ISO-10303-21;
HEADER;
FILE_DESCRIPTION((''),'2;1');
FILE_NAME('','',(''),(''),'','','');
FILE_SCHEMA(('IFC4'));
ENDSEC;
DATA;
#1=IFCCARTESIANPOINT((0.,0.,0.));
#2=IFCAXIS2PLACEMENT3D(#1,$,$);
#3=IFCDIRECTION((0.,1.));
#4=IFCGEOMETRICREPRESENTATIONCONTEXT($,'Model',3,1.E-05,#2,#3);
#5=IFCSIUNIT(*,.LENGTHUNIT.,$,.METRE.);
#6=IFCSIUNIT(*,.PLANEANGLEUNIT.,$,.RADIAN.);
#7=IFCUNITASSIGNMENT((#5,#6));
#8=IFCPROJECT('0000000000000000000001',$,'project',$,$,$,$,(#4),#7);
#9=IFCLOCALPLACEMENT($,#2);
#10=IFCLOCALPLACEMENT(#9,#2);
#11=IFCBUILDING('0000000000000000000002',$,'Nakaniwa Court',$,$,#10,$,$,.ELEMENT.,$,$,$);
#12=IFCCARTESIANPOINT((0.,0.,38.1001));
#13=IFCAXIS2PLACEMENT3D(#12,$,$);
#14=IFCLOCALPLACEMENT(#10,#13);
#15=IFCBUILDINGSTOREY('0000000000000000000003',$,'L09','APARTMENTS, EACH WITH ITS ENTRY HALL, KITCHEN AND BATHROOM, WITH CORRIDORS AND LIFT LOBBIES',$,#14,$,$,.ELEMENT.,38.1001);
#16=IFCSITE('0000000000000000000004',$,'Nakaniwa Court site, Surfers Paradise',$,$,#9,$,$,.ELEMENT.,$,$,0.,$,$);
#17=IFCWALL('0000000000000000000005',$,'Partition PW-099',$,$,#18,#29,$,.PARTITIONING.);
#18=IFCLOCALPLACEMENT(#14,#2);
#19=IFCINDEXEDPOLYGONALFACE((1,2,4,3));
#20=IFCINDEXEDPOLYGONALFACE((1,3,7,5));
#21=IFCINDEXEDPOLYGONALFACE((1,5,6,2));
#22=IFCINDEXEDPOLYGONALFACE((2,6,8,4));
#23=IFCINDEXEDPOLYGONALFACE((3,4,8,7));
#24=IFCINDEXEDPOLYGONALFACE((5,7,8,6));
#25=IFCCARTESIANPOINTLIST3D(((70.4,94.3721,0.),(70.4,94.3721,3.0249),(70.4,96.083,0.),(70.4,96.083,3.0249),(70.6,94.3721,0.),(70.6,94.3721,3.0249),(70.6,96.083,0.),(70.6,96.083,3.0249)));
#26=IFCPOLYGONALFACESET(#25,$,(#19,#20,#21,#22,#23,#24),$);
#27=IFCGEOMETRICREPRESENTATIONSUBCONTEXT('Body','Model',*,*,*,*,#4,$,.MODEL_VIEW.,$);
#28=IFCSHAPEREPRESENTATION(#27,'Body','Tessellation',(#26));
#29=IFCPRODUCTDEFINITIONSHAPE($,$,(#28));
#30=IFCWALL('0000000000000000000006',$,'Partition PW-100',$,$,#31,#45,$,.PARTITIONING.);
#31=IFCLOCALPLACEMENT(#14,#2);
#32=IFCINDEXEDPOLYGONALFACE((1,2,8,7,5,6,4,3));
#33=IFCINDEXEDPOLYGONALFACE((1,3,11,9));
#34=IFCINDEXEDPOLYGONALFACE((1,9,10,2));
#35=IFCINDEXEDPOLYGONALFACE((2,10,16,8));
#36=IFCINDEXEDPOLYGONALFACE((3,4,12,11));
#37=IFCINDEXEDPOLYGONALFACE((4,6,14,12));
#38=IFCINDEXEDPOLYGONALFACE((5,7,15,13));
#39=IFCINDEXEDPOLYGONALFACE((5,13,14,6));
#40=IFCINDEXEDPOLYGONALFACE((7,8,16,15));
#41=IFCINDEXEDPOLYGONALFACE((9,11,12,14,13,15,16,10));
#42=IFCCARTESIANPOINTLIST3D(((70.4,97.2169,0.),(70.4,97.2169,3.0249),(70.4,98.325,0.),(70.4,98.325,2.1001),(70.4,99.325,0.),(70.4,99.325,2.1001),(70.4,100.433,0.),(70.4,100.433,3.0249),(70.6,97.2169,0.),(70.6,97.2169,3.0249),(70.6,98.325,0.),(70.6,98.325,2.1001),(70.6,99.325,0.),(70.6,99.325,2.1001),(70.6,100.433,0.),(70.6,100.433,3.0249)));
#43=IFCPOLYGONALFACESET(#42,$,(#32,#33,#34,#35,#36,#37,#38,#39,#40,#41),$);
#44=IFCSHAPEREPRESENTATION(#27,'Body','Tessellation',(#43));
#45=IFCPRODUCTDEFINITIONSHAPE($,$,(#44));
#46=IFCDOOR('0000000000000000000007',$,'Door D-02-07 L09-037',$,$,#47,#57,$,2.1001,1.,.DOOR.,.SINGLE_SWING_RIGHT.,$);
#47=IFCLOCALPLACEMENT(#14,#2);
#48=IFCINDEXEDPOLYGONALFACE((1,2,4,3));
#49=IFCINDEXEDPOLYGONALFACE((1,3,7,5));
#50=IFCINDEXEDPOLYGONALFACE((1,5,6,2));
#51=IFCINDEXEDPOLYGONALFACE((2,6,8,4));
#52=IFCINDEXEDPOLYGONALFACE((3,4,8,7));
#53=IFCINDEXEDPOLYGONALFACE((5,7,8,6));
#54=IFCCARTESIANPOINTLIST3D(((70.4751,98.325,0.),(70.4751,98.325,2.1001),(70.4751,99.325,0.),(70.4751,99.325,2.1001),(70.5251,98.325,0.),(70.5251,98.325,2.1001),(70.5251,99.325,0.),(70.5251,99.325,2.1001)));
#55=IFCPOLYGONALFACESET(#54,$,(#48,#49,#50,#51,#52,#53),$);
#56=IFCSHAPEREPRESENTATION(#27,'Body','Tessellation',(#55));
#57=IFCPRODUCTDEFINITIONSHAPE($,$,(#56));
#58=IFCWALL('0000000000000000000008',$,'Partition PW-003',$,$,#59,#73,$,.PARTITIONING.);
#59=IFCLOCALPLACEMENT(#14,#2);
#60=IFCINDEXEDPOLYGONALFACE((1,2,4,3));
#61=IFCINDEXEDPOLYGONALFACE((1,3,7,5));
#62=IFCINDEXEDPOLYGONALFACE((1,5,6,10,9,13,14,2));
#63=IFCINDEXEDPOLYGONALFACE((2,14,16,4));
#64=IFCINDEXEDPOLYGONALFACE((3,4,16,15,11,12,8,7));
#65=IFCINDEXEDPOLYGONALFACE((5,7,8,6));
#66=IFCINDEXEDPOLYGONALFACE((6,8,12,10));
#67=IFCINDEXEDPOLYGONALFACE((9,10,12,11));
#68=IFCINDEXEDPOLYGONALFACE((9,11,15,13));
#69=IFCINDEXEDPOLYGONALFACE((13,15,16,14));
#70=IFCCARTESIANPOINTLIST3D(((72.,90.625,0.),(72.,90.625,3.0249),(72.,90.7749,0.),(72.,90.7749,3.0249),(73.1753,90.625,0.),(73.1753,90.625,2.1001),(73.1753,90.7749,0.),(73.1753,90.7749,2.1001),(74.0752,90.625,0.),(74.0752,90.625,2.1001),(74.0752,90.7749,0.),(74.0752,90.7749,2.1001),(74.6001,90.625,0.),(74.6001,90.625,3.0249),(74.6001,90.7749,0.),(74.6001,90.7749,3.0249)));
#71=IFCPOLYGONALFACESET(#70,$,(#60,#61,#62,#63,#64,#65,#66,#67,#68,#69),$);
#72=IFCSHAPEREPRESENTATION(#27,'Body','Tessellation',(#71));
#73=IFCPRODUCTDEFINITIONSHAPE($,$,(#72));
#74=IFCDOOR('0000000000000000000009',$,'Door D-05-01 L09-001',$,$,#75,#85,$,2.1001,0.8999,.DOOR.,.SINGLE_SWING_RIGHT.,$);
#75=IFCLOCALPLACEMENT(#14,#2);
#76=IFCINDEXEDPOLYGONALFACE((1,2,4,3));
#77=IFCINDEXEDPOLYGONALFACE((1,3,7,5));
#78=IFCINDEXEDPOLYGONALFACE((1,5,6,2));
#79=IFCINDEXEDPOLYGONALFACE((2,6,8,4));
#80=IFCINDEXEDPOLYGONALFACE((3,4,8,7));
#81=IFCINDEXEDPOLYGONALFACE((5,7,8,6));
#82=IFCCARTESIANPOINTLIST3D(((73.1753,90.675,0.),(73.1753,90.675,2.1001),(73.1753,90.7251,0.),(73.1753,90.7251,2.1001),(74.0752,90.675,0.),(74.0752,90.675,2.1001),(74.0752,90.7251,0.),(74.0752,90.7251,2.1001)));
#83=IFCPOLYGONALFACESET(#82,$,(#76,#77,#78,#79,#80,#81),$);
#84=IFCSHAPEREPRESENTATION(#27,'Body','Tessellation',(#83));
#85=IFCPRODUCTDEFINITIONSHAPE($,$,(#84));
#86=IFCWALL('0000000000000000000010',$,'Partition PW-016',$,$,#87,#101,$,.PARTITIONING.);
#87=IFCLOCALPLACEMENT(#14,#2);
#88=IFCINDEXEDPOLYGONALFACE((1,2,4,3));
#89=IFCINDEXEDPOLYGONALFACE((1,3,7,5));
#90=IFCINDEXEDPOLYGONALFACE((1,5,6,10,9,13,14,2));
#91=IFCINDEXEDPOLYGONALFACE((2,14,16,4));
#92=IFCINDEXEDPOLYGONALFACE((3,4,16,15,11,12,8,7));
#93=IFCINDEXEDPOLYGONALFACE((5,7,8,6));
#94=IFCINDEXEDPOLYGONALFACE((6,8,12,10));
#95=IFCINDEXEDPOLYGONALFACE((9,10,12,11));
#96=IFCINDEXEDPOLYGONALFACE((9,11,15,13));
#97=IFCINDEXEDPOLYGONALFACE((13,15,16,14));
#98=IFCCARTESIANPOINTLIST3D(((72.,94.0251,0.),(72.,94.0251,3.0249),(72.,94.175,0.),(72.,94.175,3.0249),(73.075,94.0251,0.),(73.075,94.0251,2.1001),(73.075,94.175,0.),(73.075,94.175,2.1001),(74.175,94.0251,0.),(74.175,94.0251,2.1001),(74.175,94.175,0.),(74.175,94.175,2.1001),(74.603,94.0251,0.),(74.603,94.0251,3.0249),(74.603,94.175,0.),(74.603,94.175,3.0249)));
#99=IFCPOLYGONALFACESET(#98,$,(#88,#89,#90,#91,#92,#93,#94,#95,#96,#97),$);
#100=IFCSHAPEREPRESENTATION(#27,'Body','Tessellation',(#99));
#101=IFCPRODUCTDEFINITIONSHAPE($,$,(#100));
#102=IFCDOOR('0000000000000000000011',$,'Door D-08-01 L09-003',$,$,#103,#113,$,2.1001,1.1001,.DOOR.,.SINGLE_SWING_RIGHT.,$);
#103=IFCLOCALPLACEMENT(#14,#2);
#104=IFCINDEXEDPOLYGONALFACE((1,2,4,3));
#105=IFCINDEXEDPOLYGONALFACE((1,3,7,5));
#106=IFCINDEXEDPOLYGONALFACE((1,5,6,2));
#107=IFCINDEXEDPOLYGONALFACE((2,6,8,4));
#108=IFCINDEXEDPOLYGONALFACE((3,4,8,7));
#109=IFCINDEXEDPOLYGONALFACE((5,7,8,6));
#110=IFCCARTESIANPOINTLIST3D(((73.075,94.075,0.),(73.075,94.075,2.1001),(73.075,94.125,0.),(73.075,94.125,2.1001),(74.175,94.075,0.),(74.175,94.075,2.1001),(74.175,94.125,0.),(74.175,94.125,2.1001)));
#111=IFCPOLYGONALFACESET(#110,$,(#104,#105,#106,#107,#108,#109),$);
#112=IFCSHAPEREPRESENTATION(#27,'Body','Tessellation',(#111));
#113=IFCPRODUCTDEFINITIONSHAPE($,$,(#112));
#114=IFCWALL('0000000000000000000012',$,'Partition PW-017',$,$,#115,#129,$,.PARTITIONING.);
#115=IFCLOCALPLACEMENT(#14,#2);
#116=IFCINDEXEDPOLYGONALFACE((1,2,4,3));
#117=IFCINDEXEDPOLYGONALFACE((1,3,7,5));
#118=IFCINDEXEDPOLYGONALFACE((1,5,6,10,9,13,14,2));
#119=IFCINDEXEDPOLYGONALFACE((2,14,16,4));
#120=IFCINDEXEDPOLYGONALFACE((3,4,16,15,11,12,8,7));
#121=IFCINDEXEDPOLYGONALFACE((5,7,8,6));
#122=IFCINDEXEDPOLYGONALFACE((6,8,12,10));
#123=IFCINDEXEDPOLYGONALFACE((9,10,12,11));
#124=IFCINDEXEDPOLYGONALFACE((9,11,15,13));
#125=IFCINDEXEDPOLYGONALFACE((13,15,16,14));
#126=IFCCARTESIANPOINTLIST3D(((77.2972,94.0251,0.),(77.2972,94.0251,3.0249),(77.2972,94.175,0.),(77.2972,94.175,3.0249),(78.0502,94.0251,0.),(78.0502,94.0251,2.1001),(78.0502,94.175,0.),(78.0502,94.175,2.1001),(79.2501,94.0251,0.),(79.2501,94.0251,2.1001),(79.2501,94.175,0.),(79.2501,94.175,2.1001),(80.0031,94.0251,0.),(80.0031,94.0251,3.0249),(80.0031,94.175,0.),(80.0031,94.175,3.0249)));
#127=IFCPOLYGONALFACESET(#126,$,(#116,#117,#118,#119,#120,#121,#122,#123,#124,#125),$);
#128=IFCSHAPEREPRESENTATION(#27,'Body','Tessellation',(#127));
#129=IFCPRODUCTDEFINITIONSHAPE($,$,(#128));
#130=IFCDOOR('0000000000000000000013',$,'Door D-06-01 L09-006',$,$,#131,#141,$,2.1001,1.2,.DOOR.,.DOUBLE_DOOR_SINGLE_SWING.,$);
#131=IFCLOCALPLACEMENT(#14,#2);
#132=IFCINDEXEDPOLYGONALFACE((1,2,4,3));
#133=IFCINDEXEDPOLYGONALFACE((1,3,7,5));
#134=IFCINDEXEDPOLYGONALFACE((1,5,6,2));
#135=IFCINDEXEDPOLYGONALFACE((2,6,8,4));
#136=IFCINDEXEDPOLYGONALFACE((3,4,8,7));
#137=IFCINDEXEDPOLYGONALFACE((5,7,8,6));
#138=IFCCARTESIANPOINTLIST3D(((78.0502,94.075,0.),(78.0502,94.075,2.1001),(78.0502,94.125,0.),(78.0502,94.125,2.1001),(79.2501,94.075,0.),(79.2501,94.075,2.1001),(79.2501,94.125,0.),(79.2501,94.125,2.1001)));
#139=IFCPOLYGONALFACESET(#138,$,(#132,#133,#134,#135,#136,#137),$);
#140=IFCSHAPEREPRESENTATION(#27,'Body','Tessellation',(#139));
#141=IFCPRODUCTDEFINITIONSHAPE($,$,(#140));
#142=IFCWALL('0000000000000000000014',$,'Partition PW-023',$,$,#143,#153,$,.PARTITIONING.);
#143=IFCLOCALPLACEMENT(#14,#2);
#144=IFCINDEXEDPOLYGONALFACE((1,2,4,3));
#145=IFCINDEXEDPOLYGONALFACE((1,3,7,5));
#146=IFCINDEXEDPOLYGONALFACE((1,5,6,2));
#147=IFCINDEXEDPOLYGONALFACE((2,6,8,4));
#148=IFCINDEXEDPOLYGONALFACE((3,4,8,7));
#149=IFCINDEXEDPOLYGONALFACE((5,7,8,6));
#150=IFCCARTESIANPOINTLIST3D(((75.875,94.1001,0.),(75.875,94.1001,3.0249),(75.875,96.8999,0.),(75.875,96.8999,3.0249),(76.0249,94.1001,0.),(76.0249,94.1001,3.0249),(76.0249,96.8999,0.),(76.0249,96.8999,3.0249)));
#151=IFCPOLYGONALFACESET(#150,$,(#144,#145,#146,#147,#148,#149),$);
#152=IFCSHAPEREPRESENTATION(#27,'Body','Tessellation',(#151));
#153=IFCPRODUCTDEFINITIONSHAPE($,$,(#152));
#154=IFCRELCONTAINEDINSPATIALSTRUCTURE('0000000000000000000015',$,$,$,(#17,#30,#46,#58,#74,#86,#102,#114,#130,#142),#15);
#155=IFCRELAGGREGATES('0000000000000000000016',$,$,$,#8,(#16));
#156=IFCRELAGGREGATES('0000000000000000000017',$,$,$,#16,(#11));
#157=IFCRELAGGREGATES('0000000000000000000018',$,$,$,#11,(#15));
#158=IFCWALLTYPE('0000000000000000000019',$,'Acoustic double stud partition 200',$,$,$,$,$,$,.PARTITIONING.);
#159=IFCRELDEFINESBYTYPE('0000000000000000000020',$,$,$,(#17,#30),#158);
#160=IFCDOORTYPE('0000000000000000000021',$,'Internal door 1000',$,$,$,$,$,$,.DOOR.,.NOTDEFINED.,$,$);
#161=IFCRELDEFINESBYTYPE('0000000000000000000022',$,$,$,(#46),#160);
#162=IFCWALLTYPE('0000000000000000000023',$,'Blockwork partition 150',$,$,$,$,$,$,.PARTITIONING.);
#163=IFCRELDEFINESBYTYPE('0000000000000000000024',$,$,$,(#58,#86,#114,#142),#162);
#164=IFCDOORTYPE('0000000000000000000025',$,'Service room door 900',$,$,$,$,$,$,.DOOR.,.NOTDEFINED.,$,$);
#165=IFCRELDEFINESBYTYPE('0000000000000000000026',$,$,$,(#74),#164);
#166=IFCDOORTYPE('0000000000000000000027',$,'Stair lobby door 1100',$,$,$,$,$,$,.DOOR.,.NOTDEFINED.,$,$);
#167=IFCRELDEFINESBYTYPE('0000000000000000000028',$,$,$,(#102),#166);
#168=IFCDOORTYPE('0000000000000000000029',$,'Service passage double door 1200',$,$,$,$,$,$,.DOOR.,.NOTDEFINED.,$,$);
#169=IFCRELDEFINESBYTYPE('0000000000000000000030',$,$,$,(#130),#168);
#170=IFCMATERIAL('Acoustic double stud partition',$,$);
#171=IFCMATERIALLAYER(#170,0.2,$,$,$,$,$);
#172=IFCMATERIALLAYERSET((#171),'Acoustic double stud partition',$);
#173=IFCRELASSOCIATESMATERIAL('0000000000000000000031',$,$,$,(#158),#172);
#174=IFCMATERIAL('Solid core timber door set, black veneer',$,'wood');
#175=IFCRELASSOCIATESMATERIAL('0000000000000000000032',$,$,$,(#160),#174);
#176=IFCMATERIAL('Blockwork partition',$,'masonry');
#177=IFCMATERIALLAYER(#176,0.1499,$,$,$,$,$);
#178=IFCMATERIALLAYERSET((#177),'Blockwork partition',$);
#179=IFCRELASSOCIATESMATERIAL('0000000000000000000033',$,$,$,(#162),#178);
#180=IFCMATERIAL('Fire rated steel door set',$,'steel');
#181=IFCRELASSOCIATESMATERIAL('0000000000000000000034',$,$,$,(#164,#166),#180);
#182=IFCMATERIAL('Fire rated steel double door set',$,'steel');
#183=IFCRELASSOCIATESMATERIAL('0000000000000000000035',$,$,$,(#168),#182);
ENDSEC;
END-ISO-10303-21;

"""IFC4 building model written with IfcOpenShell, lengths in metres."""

from ifc_helpers import new_model, si_unit, direction, frame, frame_2d, origin, place, context, subcontext, project, spatial, rectangle, extrude, material, layer, layer_set, type_object, element, fill, save


model = new_model("IFC4")

# Units and contexts
model_context = context("Model", 3, precision=1e-05, world=origin(), true_north=direction((0.0, 1.0)))
body_context = subcontext(model_context, "Body", "Model", "MODEL_VIEW")
ifc_project = project(units=[si_unit("LENGTHUNIT", "METRE"), si_unit("PLANEANGLEUNIT", "RADIAN")], contexts=[model_context])

# Site, building, storey
site_placement = place(None, origin())
site = spatial("IfcSite", under=ifc_project, at=site_placement, Name="Nakaniwa Court site, Surfers Paradise", CompositionType="ELEMENT", RefElevation=0.0)
building_placement = place(site_placement, origin())
building = spatial("IfcBuilding", under=site, at=building_placement, Name="Nakaniwa Court", CompositionType="ELEMENT")
storey_placement = place(building_placement, frame((0.0, 0.0, 38.1001)))
storey = spatial("IfcBuildingStorey", under=building, at=storey_placement, Name="L09", Description="APARTMENTS, EACH WITH ITS ENTRY HALL, KITCHEN AND BATHROOM, WITH CORRIDORS AND LIFT LOBBIES", CompositionType="ELEMENT", Elevation=38.1001)

# Wall
ifc_material_1 = material(Name="Acoustic double stud partition")
ifc_layer_1 = layer(ifc_material_1, 0.2)
ifc_layer_set_1 = layer_set([ifc_layer_1], Name="Acoustic double stud partition")
wall_type_1 = type_object("IfcWallType", Name="Acoustic double stud partition 200", PredefinedType="PARTITIONING", material=ifc_layer_set_1)
wall_1_placement = place(storey_placement, frame((70.5, 94.3721, 0.0), z_axis=(0.0, 0.0, 1.0), x_axis=(0.0, 1.0, 0.0)))
element("IfcWall", 1, at=wall_1_placement, inside=storey, type_object=wall_type_1, Name="Partition PW-099", PredefinedType="PARTITIONING", context=body_context, shape_type="SweptSolid", body=[
    extrude(rectangle(XDim=1.7109, YDim=0.2, at=frame_2d((0.8555, 0.0))), origin(), (0.0, 0.0, 1.0), 3.0249),
])

# Walls, openings, doors
wall_2_placement = place(storey_placement, frame((70.5, 97.217, 0.0), z_axis=(0.0, 0.0, 1.0), x_axis=(0.0, 1.0, 0.0)))
wall_2 = element("IfcWall", 2, at=wall_2_placement, inside=storey, type_object=wall_type_1, Name="Partition PW-100", PredefinedType="PARTITIONING", context=body_context, shape_type="SweptSolid", body=[
    extrude(rectangle(XDim=3.2161, YDim=0.2, at=frame_2d((1.6079, 0.0))), origin(), (0.0, 0.0, 1.0), 3.0249),
])
opening_1_placement = place(wall_2_placement, frame((1.1079, 0.0, 0.0)))
opening_1 = element("IfcOpeningElement", 3, at=opening_1_placement, cuts=wall_2, PredefinedType="OPENING", context=body_context, shape_type="SweptSolid", body=[
    extrude(rectangle(XDim=1.0, YDim=2.1001, at=frame_2d((0.5, 1.05))), frame((0.0, 0.1099, 0.0), z_axis=(0.0, -1.0, 0.0), x_axis=(1.0, 0.0, 0.0)), (0.0, 0.0, 1.0), 0.22),
])
ifc_material_2 = material(Name="Solid core timber door set, black veneer", Category="wood")
door_type_1 = type_object("IfcDoorType", Name="Internal door 1000", OperationType="NOTDEFINED", PredefinedType="DOOR", material=ifc_material_2)
door_1_placement = place(opening_1_placement, origin())
door_1 = element("IfcDoor", 4, at=door_1_placement, inside=storey, type_object=door_type_1, Name="Door D-02-07 L09-037", OperationType="SINGLE_SWING_RIGHT", OverallHeight=2.1001, OverallWidth=1.0, PredefinedType="DOOR", context=body_context, shape_type="SweptSolid", body=[
    extrude(rectangle(XDim=1.0, YDim=2.1001, at=frame_2d((0.5, 1.05))), frame((0.0, 0.0249, 0.0), z_axis=(0.0, -1.0, 0.0), x_axis=(1.0, 0.0, 0.0)), (0.0, 0.0, 1.0), 0.05),
])
fill(opening_1, door_1)
ifc_material_3 = material(Name="Blockwork partition", Category="masonry")
ifc_layer_2 = layer(ifc_material_3, 0.1499)
ifc_layer_set_2 = layer_set([ifc_layer_2], Name="Blockwork partition")
wall_type_2 = type_object("IfcWallType", Name="Blockwork partition 150", PredefinedType="PARTITIONING", material=ifc_layer_set_2)
wall_3_placement = place(storey_placement, frame((74.6001, 90.7, 0.0), z_axis=(0.0, 0.0, 1.0), x_axis=(-1.0, 0.0, 0.0)))
wall_3 = element("IfcWall", 5, at=wall_3_placement, inside=storey, type_object=wall_type_2, Name="Partition PW-003", PredefinedType="PARTITIONING", context=body_context, shape_type="SweptSolid", body=[
    extrude(rectangle(XDim=2.6001, YDim=0.1499, at=frame_2d((1.3, 0.0))), origin(), (0.0, 0.0, 1.0), 3.0249),
])
opening_2_placement = place(wall_3_placement, frame((0.5249, 0.0, 0.0)))
opening_2 = element("IfcOpeningElement", 6, at=opening_2_placement, cuts=wall_3, PredefinedType="OPENING", context=body_context, shape_type="SweptSolid", body=[
    extrude(rectangle(XDim=0.8999, YDim=2.1001, at=frame_2d((0.45, 1.05))), frame((0.0, 0.085, 0.0), z_axis=(0.0, -1.0, 0.0), x_axis=(1.0, 0.0, 0.0)), (0.0, 0.0, 1.0), 0.1699),
])
ifc_material_4 = material(Name="Fire rated steel door set", Category="steel")
door_type_2 = type_object("IfcDoorType", Name="Service room door 900", OperationType="NOTDEFINED", PredefinedType="DOOR", material=ifc_material_4)
door_2_placement = place(opening_2_placement, origin())
door_2 = element("IfcDoor", 7, at=door_2_placement, inside=storey, type_object=door_type_2, Name="Door D-05-01 L09-001", OperationType="SINGLE_SWING_RIGHT", OverallHeight=2.1001, OverallWidth=0.8999, PredefinedType="DOOR", context=body_context, shape_type="SweptSolid", body=[
    extrude(rectangle(XDim=0.8999, YDim=2.1001, at=frame_2d((0.45, 1.05))), frame((0.0, 0.0249, 0.0), z_axis=(0.0, -1.0, 0.0), x_axis=(1.0, 0.0, 0.0)), (0.0, 0.0, 1.0), 0.05),
])
fill(opening_2, door_2)
wall_4_placement = place(storey_placement, frame((72.0, 94.1001, 0.0), z_axis=(0.0, 0.0, 1.0), x_axis=(1.0, 0.0, 0.0)))
wall_4 = element("IfcWall", 8, at=wall_4_placement, inside=storey, type_object=wall_type_2, Name="Partition PW-016", PredefinedType="PARTITIONING", context=body_context, shape_type="SweptSolid", body=[
    extrude(rectangle(XDim=2.603, YDim=0.1499, at=frame_2d((1.3015, 0.0))), origin(), (0.0, 0.0, 1.0), 3.0249),
])
opening_3_placement = place(wall_4_placement, frame((1.075, 0.0, 0.0)))
opening_3 = element("IfcOpeningElement", 9, at=opening_3_placement, cuts=wall_4, PredefinedType="OPENING", context=body_context, shape_type="SweptSolid", body=[
    extrude(rectangle(XDim=1.1001, YDim=2.1001, at=frame_2d((0.55, 1.05))), frame((0.0, 0.085, 0.0), z_axis=(0.0, -1.0, 0.0), x_axis=(1.0, 0.0, 0.0)), (0.0, 0.0, 1.0), 0.1699),
])
door_type_3 = type_object("IfcDoorType", Name="Stair lobby door 1100", OperationType="NOTDEFINED", PredefinedType="DOOR", material=ifc_material_4)
door_3_placement = place(opening_3_placement, origin())
door_3 = element("IfcDoor", 10, at=door_3_placement, inside=storey, type_object=door_type_3, Name="Door D-08-01 L09-003", OperationType="SINGLE_SWING_RIGHT", OverallHeight=2.1001, OverallWidth=1.1001, PredefinedType="DOOR", context=body_context, shape_type="SweptSolid", body=[
    extrude(rectangle(XDim=1.1001, YDim=2.1001, at=frame_2d((0.55, 1.05))), frame((0.0, 0.0249, 0.0), z_axis=(0.0, -1.0, 0.0), x_axis=(1.0, 0.0, 0.0)), (0.0, 0.0, 1.0), 0.05),
])
fill(opening_3, door_3)
wall_5_placement = place(storey_placement, frame((77.2971, 94.1001, 0.0), z_axis=(0.0, 0.0, 1.0), x_axis=(1.0, 0.0, 0.0)))
wall_5 = element("IfcWall", 11, at=wall_5_placement, inside=storey, type_object=wall_type_2, Name="Partition PW-017", PredefinedType="PARTITIONING", context=body_context, shape_type="SweptSolid", body=[
    extrude(rectangle(XDim=2.7058, YDim=0.1499, at=frame_2d((1.353, 0.0))), origin(), (0.0, 0.0, 1.0), 3.0249),
])
opening_4_placement = place(wall_5_placement, frame((0.7529, 0.0, 0.0)))
opening_4 = element("IfcOpeningElement", 12, at=opening_4_placement, cuts=wall_5, PredefinedType="OPENING", context=body_context, shape_type="SweptSolid", body=[
    extrude(rectangle(XDim=1.2, YDim=2.1001, at=frame_2d((0.6001, 1.05))), frame((0.0, 0.085, 0.0), z_axis=(0.0, -1.0, 0.0), x_axis=(1.0, 0.0, 0.0)), (0.0, 0.0, 1.0), 0.1699),
])
ifc_material_5 = material(Name="Fire rated steel double door set", Category="steel")
door_type_4 = type_object("IfcDoorType", Name="Service passage double door 1200", OperationType="NOTDEFINED", PredefinedType="DOOR", material=ifc_material_5)
door_4_placement = place(opening_4_placement, origin())
door_4 = element("IfcDoor", 13, at=door_4_placement, inside=storey, type_object=door_type_4, Name="Door D-06-01 L09-006", OperationType="DOUBLE_DOOR_SINGLE_SWING", OverallHeight=2.1001, OverallWidth=1.2, PredefinedType="DOOR", context=body_context, shape_type="SweptSolid", body=[
    extrude(rectangle(XDim=1.2, YDim=2.1001, at=frame_2d((0.6001, 1.05))), frame((0.0, 0.0249, 0.0), z_axis=(0.0, -1.0, 0.0), x_axis=(1.0, 0.0, 0.0)), (0.0, 0.0, 1.0), 0.05),
])
fill(opening_4, door_4)

# Wall
wall_6_placement = place(storey_placement, frame((75.95, 94.1001, 0.0), z_axis=(0.0, 0.0, 1.0), x_axis=(0.0, 1.0, 0.0)))
element("IfcWall", 14, at=wall_6_placement, inside=storey, type_object=wall_type_2, Name="Partition PW-023", PredefinedType="PARTITIONING", context=body_context, shape_type="SweptSolid", body=[
    extrude(rectangle(XDim=2.7998, YDim=0.1499, at=frame_2d((1.3999, 0.0))), origin(), (0.0, 0.0, 1.0), 3.0249),
])

save(model, "model.ifc")
